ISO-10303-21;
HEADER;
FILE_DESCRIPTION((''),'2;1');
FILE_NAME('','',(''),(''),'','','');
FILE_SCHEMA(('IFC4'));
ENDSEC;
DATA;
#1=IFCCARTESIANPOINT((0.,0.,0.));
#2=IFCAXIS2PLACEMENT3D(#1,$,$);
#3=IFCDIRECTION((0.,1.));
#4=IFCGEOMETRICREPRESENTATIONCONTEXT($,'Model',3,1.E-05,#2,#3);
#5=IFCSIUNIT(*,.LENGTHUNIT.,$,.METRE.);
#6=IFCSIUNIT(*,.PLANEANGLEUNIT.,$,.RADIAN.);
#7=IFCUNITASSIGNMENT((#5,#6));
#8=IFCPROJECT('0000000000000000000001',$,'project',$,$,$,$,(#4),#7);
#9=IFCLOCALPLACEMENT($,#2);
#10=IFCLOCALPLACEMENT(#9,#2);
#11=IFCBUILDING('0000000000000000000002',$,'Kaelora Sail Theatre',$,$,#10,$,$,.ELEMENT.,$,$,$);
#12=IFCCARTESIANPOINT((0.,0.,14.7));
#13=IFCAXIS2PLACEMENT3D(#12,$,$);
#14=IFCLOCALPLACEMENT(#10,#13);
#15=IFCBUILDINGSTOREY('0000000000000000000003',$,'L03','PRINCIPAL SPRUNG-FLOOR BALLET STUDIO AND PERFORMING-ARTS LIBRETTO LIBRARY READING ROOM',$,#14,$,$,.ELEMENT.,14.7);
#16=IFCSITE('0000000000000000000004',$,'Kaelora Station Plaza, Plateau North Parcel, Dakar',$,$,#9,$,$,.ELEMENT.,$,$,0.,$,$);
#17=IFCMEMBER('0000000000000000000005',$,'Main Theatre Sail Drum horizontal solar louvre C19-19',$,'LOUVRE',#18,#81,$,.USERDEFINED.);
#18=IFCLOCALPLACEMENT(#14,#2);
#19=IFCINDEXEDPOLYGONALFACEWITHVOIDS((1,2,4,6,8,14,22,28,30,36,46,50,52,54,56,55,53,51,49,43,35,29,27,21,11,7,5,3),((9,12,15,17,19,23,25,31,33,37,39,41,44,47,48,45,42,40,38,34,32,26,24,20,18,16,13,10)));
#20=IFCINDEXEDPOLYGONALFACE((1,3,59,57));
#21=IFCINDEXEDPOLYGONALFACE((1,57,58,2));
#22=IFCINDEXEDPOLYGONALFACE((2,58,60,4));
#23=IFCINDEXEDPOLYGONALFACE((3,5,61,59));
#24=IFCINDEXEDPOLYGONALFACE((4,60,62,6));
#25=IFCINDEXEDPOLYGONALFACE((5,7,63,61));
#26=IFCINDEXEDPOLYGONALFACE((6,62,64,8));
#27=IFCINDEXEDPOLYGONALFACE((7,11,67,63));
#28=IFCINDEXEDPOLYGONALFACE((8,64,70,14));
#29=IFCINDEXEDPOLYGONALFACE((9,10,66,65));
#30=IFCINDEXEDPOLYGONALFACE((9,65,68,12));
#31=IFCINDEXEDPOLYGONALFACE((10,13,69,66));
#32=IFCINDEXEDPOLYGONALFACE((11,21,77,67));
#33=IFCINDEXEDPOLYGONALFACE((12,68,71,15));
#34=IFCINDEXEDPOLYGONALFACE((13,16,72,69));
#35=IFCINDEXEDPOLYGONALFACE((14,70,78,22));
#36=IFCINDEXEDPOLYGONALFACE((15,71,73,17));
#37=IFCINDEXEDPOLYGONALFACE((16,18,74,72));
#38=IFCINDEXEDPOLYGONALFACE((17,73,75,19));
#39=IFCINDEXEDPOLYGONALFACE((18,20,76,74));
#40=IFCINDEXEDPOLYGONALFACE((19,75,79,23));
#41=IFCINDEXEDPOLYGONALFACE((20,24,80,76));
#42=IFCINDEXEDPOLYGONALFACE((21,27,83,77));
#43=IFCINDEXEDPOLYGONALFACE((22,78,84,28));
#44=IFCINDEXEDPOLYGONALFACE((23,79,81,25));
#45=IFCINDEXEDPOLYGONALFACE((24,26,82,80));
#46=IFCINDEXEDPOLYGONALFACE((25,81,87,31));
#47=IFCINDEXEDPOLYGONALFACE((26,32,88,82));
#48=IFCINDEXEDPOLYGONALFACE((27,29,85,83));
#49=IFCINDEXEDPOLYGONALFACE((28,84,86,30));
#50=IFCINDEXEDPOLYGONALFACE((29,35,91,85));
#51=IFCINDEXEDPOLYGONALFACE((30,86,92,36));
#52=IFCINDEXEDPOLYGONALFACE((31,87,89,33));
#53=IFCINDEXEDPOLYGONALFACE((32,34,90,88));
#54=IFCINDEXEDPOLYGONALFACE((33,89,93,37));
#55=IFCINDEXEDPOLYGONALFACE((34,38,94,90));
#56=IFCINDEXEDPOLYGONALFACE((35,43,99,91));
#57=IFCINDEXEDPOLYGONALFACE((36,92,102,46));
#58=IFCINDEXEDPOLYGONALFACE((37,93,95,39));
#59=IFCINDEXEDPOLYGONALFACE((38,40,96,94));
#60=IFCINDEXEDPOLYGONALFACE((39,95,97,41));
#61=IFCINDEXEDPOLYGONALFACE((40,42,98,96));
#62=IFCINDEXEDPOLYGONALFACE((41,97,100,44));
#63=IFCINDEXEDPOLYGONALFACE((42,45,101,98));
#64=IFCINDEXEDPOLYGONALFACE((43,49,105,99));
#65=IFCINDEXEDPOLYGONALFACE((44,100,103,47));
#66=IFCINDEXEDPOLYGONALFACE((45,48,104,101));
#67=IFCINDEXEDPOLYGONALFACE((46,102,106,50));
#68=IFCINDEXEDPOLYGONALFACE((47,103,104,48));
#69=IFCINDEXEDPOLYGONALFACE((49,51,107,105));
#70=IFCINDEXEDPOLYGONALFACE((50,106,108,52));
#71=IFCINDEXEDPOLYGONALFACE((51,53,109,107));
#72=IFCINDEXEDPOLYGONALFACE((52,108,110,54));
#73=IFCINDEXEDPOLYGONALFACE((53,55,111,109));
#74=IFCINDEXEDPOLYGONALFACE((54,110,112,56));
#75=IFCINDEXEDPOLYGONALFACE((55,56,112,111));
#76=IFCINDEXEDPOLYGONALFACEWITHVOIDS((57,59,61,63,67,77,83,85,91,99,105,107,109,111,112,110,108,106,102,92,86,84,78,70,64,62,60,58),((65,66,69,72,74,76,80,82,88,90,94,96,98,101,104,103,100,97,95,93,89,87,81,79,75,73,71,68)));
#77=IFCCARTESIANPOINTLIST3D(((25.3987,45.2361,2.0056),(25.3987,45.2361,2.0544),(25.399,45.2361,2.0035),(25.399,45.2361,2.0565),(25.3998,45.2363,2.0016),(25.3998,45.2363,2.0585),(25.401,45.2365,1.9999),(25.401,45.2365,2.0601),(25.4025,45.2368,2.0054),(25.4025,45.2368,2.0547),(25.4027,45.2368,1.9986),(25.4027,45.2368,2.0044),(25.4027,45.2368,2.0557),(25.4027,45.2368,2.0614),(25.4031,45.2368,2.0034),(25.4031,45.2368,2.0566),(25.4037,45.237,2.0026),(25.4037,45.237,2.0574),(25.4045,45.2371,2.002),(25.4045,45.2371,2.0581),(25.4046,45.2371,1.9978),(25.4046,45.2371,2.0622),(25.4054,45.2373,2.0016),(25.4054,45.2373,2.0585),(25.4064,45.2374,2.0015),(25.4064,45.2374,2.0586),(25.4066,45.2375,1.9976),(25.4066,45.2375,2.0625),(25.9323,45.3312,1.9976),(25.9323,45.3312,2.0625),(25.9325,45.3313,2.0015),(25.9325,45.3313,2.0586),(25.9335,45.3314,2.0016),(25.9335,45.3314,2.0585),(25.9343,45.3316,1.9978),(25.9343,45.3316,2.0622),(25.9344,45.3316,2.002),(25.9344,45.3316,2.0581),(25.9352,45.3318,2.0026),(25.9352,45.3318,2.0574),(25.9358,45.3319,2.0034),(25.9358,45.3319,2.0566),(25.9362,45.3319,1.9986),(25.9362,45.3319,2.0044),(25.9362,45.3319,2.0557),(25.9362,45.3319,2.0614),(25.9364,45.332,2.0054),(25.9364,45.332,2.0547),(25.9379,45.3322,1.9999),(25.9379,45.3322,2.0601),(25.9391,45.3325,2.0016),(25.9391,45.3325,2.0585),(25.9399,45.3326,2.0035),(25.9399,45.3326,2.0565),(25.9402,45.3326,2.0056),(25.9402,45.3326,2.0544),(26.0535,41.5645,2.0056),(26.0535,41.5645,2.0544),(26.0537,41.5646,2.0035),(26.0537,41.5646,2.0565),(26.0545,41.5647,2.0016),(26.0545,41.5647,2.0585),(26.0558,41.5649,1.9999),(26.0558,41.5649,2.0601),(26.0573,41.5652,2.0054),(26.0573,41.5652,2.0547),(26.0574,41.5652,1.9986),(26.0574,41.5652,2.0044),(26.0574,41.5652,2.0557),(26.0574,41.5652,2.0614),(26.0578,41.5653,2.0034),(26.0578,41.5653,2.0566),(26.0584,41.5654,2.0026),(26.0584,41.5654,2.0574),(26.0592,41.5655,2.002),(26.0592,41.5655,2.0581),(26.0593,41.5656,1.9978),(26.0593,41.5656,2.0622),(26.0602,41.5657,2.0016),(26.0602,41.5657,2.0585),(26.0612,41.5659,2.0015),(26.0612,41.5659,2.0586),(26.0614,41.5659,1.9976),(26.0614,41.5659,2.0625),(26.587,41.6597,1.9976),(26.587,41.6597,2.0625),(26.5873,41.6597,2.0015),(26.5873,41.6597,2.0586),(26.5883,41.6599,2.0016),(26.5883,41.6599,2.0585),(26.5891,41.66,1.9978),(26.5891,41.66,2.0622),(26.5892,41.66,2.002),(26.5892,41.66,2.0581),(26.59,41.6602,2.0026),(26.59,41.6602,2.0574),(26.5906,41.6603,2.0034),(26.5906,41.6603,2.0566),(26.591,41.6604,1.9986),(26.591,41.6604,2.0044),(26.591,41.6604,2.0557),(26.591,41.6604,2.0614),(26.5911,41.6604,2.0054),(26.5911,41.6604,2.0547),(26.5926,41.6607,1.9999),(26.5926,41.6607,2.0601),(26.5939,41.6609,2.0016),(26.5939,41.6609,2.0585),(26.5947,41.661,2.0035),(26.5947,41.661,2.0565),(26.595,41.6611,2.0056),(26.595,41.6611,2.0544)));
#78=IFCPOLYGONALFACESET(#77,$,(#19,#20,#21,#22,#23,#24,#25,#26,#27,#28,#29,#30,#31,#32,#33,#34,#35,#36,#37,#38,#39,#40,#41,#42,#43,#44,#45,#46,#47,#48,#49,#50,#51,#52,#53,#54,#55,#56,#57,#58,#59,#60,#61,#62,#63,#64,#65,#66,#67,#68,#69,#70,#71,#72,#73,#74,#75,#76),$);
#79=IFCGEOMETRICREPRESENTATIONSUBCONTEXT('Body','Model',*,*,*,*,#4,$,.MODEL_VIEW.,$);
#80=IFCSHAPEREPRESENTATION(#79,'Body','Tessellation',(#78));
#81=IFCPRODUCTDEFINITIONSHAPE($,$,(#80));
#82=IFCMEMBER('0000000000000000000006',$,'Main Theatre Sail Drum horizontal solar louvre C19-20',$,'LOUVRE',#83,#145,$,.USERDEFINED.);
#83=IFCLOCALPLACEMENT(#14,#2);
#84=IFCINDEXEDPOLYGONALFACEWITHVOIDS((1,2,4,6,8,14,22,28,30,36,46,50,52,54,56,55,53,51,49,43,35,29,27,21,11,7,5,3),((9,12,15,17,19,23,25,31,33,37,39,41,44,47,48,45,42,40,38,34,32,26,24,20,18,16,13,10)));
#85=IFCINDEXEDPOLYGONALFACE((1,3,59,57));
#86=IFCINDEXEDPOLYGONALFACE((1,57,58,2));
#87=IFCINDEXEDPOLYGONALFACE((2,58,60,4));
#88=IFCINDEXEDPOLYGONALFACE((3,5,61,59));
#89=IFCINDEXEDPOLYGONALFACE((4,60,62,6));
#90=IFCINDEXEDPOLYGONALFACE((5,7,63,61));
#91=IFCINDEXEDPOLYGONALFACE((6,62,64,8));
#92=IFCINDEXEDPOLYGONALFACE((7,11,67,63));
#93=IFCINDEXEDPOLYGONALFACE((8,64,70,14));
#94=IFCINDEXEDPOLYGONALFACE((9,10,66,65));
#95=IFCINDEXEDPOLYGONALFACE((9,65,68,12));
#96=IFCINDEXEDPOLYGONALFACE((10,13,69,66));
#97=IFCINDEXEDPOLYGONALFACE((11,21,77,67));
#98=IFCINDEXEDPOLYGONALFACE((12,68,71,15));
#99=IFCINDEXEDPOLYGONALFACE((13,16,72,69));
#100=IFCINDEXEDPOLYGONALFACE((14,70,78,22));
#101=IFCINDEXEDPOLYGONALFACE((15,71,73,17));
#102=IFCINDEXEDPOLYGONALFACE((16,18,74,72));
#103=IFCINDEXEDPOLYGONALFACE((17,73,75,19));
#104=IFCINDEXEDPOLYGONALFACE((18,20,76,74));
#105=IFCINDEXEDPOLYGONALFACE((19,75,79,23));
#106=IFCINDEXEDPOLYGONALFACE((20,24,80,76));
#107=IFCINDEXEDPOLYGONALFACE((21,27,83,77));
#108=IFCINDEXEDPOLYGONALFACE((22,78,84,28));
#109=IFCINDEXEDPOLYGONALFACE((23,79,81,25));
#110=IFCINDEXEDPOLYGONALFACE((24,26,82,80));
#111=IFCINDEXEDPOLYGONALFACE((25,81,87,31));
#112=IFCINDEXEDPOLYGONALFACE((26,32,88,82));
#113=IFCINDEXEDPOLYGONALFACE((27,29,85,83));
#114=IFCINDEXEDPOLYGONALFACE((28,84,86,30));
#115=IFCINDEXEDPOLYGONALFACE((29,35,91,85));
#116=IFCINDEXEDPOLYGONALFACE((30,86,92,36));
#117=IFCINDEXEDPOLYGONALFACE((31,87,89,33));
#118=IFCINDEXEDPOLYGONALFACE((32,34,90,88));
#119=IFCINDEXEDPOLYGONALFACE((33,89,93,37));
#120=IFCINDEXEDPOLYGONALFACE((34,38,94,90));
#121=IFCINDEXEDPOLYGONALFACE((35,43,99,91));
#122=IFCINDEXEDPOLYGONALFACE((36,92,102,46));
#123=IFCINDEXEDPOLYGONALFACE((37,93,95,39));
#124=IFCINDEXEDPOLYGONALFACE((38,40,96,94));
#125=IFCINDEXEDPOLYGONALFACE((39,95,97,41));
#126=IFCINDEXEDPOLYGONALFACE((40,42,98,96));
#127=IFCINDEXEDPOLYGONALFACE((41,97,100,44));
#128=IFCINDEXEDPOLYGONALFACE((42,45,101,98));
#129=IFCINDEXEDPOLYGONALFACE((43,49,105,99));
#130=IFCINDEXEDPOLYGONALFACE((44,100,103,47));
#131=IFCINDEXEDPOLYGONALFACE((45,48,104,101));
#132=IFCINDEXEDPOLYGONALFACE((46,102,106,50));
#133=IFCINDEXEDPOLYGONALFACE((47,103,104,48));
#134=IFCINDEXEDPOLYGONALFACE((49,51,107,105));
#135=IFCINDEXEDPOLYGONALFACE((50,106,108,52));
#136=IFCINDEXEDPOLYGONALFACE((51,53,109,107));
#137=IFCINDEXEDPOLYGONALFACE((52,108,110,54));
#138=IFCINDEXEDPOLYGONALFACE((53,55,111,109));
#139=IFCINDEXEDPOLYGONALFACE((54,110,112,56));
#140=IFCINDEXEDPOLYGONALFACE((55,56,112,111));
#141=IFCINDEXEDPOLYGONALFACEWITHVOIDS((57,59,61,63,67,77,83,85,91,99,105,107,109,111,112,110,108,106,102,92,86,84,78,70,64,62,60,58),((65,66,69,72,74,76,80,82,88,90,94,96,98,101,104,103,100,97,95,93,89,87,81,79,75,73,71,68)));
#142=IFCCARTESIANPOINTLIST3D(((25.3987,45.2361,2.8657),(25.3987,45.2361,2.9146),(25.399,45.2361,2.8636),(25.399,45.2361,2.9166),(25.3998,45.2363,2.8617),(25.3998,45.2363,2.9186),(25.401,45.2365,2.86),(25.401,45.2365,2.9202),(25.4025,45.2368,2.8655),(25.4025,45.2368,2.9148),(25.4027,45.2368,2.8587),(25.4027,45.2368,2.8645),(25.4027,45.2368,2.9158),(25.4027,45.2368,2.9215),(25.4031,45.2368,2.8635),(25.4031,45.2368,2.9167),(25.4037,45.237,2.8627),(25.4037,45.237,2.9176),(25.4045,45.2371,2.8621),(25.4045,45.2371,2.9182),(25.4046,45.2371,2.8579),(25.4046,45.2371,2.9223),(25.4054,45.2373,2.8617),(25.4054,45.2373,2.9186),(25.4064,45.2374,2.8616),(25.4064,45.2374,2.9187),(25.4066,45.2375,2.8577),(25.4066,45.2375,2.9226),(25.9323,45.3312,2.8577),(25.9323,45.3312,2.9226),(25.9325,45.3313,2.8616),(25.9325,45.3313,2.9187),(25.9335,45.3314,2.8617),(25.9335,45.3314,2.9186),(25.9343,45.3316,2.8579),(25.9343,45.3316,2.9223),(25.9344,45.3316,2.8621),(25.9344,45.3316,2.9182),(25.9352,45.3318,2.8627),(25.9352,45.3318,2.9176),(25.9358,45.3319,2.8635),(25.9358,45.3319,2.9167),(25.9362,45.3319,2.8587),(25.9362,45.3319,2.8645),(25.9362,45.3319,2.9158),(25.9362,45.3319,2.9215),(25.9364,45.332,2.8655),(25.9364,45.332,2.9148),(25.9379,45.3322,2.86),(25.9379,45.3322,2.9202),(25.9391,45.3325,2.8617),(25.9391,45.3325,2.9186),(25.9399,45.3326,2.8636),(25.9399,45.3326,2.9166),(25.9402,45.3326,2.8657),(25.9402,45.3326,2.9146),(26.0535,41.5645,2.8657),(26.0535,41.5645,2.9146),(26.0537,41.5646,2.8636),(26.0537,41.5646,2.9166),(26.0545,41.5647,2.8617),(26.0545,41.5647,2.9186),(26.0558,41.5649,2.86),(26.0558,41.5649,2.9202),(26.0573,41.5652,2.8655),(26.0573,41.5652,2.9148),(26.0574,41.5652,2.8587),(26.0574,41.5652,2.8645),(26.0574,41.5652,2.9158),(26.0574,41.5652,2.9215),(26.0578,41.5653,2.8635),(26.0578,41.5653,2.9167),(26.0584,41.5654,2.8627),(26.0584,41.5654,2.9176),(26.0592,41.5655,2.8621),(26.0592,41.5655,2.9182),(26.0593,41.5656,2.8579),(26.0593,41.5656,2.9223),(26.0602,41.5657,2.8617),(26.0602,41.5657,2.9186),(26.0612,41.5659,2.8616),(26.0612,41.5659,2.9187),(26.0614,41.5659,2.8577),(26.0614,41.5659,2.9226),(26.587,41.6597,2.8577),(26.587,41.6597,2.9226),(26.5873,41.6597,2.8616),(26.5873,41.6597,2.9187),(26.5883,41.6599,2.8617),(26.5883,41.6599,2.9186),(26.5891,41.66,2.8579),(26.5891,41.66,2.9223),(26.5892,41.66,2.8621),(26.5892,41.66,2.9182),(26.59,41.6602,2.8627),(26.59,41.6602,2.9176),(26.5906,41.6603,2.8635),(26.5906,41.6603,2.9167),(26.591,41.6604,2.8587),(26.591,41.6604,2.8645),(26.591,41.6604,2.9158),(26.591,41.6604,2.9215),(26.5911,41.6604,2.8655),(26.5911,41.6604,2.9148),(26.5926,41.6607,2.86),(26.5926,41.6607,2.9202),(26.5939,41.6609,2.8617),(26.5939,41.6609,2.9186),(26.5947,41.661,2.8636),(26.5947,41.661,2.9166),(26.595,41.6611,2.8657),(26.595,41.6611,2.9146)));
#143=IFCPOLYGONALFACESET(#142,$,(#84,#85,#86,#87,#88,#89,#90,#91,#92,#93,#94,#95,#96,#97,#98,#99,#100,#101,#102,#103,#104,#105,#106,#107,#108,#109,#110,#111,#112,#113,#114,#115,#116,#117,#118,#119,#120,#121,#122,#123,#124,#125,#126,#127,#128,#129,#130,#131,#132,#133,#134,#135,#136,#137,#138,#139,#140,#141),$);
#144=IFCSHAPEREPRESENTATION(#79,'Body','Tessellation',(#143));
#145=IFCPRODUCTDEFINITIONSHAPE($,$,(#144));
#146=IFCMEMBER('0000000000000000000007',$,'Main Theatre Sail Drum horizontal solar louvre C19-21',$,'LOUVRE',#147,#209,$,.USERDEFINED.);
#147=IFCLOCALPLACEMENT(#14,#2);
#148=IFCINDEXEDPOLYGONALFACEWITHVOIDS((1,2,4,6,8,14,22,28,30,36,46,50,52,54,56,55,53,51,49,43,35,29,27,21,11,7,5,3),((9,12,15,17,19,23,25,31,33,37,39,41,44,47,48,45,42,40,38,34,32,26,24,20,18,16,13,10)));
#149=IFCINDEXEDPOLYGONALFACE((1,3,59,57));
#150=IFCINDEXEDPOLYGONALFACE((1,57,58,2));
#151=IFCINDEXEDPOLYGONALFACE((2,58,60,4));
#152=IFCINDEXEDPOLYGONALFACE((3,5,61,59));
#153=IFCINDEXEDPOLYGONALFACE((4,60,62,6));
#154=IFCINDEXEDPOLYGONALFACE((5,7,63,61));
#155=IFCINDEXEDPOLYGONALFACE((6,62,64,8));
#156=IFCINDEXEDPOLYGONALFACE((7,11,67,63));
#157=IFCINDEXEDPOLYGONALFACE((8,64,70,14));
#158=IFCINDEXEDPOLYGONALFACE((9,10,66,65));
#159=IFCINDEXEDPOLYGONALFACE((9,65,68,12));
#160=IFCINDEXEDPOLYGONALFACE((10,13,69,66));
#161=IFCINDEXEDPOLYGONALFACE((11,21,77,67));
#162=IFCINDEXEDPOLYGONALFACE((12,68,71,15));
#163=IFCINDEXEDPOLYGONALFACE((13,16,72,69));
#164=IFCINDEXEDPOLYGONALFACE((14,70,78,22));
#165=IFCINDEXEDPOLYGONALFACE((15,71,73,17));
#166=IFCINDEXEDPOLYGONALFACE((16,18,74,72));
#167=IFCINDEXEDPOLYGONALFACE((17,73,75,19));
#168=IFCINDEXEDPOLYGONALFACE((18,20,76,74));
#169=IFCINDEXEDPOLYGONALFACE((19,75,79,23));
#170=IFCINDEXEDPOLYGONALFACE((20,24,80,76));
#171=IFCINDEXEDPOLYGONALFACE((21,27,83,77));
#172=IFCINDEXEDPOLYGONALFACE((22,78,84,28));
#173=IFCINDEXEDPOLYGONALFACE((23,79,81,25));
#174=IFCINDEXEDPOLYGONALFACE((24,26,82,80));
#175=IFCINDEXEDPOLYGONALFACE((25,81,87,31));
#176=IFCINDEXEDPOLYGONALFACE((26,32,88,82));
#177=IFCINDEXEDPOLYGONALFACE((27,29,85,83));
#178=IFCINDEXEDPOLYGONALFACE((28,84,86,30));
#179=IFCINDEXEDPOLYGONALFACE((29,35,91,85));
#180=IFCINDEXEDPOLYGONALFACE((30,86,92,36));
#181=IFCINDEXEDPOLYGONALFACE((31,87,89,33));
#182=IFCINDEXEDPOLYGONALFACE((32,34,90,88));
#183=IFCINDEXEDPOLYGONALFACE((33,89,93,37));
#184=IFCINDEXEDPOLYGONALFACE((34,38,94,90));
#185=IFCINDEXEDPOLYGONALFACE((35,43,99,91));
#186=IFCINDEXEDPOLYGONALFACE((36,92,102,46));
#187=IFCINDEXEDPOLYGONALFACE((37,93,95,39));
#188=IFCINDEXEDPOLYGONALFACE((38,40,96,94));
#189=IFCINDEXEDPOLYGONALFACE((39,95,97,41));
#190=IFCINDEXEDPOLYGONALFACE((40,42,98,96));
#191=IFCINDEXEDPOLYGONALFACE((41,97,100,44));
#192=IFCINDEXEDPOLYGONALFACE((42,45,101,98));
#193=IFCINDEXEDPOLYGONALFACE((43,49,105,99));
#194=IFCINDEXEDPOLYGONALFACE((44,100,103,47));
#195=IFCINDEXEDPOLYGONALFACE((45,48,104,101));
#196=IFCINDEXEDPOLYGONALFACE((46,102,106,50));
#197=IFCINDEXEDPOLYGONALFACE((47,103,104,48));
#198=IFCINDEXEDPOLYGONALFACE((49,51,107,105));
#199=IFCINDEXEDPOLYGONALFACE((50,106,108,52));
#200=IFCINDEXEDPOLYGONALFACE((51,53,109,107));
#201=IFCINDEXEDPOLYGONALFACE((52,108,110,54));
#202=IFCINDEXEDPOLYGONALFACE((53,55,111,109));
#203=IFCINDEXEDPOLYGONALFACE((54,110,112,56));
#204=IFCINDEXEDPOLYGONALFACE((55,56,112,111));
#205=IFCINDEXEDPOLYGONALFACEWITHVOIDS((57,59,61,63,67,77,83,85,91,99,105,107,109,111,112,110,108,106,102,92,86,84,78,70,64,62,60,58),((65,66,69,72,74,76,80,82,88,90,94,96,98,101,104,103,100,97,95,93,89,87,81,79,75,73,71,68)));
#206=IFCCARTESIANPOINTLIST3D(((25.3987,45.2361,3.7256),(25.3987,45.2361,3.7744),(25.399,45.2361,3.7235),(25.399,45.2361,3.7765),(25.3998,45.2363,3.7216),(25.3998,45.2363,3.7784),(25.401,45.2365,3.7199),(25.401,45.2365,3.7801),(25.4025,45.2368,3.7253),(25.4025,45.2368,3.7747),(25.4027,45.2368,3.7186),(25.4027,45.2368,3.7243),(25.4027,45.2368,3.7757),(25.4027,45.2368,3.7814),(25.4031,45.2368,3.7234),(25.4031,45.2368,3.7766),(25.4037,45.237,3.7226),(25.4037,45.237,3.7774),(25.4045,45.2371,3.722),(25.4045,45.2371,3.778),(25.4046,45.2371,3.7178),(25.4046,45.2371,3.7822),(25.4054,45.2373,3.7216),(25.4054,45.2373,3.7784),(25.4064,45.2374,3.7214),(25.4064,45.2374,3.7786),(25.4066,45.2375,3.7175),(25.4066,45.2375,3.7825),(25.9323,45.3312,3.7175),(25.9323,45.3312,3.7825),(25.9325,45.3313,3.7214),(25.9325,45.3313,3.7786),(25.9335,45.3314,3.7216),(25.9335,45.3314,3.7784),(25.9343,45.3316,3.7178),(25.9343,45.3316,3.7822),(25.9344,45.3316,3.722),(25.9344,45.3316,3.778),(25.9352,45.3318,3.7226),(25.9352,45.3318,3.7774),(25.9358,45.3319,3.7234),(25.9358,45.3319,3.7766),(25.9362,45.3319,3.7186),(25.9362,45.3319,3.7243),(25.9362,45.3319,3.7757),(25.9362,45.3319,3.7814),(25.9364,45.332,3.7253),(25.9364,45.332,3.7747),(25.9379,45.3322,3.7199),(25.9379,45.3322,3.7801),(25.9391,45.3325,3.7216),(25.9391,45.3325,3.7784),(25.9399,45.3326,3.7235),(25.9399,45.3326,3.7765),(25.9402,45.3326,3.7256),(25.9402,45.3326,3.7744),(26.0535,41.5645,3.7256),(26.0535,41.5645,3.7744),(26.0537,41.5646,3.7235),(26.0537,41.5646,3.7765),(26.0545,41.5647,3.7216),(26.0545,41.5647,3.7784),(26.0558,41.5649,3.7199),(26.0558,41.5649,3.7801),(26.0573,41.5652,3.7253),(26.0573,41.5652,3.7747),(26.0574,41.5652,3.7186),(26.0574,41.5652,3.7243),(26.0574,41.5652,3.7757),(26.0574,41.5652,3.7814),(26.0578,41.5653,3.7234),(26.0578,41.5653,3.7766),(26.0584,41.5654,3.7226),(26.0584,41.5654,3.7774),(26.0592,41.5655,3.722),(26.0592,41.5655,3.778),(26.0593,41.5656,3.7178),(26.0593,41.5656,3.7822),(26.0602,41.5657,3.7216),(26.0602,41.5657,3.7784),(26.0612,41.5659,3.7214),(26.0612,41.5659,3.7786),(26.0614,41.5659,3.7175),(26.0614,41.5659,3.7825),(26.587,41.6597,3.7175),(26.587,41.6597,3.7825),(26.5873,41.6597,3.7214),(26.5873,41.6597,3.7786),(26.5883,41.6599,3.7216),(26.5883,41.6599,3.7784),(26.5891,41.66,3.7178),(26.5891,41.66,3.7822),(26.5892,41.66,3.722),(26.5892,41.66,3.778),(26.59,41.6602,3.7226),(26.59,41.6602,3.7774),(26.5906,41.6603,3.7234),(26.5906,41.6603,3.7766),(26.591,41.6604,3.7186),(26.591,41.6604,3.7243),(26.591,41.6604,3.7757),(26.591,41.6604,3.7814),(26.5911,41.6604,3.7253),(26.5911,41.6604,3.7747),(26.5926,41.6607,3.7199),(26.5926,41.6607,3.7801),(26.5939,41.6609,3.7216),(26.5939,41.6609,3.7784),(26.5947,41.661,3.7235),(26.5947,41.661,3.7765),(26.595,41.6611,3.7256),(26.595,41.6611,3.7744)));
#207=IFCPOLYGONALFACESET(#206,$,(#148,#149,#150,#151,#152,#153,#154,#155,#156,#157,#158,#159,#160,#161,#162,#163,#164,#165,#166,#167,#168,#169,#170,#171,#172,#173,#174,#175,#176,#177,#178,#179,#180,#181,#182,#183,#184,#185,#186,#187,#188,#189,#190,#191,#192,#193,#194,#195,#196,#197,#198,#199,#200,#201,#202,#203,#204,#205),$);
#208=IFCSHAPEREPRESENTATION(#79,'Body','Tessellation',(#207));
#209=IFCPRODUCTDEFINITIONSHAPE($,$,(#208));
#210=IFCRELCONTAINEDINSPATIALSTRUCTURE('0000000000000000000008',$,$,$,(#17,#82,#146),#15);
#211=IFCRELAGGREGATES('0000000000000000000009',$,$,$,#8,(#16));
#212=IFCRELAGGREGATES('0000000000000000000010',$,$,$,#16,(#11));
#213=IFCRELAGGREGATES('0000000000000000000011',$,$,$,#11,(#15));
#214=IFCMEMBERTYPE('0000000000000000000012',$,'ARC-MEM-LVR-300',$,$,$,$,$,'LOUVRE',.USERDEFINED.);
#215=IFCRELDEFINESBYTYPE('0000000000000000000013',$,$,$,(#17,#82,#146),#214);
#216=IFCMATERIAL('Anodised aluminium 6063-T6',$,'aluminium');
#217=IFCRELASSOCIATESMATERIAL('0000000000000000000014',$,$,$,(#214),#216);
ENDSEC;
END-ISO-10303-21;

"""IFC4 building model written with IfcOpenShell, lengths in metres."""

from ifc_helpers import new_model, si_unit, direction, frame, origin, origin_2d, place, context, subcontext, project, spatial, hollow_rectangle, extrude, material, material_profile, profile_set, type_object, element, save


model = new_model("IFC4")

# Units and contexts
model_context = context("Model", 3, precision=1e-05, world=origin(), true_north=direction((0.0, 1.0)))
body_context = subcontext(model_context, "Body", "Model", "MODEL_VIEW")
ifc_project = project(units=[si_unit("LENGTHUNIT", "METRE"), si_unit("PLANEANGLEUNIT", "RADIAN")], contexts=[model_context])

# Site, building, storey
site_placement = place(None, origin())
site = spatial("IfcSite", under=ifc_project, at=site_placement, Name="Kaelora Station Plaza, Plateau North Parcel, Dakar", CompositionType="ELEMENT", RefElevation=0.0)
building_placement = place(site_placement, origin())
building = spatial("IfcBuilding", under=site, at=building_placement, Name="Kaelora Sail Theatre", CompositionType="ELEMENT")
storey_placement = place(building_placement, frame((0.0, 0.0, 14.7)))
storey = spatial("IfcBuildingStorey", under=building, at=storey_placement, Name="L03", Description="PRINCIPAL SPRUNG-FLOOR BALLET STUDIO AND PERFORMING-ARTS LIBRETTO LIBRARY READING ROOM", CompositionType="ELEMENT", Elevation=14.7)

# Members
ifc_material_1 = material(Name="Anodised aluminium 6063-T6", Category="aluminium")
ifc_material_profile_1 = material_profile(ifc_material_1, hollow_rectangle(XDim=0.55, YDim=0.0649, WallThickness=0.0039, InnerFilletRadius=0.0039, OuterFilletRadius=0.0081, at=origin_2d()), Name="LOUVRE 550x65x4")
ifc_profile_set_1 = profile_set([ifc_material_profile_1], Name="Anodised aluminium 6063-T6")
member_type = type_object("IfcMemberType", Name="ARC-MEM-LVR-300", ElementType="LOUVRE", PredefinedType="USERDEFINED", material=ifc_profile_set_1)
for number, where, z_axis, x_axis, name in (
    (1, (26.3242, 41.6128, 2.03), (-0.175566, 0.984468, 0.0), (-0.984468, -0.175566, 0.0), "Main Theatre Sail Drum horizontal solar louvre C19-19"),
    (2, (26.3242, 41.6128, 2.8901), (-0.175566, 0.984468, 0.0), (-0.984468, -0.175566, 0.0), "Main Theatre Sail Drum horizontal solar louvre C19-20"),
    (3, (26.3242, 41.6128, 3.75), (-0.175566, 0.984468, 0.0), (-0.984468, -0.175566, 0.0), "Main Theatre Sail Drum horizontal solar louvre C19-21"),
):
    element("IfcMember", number, at=place(storey_placement, frame(where, z_axis=z_axis, x_axis=x_axis)), inside=storey, type_object=member_type, Name=name, ObjectType="LOUVRE", PredefinedType="USERDEFINED", context=body_context, shape_type="SweptSolid", body=[
        extrude(hollow_rectangle(XDim=0.55, YDim=0.0649, WallThickness=0.0039, InnerFilletRadius=0.0039, OuterFilletRadius=0.0081, at=origin_2d()), origin(), (0.0, 0.0, 1.0), 3.7295),
    ])

save(model, "model.ifc")
